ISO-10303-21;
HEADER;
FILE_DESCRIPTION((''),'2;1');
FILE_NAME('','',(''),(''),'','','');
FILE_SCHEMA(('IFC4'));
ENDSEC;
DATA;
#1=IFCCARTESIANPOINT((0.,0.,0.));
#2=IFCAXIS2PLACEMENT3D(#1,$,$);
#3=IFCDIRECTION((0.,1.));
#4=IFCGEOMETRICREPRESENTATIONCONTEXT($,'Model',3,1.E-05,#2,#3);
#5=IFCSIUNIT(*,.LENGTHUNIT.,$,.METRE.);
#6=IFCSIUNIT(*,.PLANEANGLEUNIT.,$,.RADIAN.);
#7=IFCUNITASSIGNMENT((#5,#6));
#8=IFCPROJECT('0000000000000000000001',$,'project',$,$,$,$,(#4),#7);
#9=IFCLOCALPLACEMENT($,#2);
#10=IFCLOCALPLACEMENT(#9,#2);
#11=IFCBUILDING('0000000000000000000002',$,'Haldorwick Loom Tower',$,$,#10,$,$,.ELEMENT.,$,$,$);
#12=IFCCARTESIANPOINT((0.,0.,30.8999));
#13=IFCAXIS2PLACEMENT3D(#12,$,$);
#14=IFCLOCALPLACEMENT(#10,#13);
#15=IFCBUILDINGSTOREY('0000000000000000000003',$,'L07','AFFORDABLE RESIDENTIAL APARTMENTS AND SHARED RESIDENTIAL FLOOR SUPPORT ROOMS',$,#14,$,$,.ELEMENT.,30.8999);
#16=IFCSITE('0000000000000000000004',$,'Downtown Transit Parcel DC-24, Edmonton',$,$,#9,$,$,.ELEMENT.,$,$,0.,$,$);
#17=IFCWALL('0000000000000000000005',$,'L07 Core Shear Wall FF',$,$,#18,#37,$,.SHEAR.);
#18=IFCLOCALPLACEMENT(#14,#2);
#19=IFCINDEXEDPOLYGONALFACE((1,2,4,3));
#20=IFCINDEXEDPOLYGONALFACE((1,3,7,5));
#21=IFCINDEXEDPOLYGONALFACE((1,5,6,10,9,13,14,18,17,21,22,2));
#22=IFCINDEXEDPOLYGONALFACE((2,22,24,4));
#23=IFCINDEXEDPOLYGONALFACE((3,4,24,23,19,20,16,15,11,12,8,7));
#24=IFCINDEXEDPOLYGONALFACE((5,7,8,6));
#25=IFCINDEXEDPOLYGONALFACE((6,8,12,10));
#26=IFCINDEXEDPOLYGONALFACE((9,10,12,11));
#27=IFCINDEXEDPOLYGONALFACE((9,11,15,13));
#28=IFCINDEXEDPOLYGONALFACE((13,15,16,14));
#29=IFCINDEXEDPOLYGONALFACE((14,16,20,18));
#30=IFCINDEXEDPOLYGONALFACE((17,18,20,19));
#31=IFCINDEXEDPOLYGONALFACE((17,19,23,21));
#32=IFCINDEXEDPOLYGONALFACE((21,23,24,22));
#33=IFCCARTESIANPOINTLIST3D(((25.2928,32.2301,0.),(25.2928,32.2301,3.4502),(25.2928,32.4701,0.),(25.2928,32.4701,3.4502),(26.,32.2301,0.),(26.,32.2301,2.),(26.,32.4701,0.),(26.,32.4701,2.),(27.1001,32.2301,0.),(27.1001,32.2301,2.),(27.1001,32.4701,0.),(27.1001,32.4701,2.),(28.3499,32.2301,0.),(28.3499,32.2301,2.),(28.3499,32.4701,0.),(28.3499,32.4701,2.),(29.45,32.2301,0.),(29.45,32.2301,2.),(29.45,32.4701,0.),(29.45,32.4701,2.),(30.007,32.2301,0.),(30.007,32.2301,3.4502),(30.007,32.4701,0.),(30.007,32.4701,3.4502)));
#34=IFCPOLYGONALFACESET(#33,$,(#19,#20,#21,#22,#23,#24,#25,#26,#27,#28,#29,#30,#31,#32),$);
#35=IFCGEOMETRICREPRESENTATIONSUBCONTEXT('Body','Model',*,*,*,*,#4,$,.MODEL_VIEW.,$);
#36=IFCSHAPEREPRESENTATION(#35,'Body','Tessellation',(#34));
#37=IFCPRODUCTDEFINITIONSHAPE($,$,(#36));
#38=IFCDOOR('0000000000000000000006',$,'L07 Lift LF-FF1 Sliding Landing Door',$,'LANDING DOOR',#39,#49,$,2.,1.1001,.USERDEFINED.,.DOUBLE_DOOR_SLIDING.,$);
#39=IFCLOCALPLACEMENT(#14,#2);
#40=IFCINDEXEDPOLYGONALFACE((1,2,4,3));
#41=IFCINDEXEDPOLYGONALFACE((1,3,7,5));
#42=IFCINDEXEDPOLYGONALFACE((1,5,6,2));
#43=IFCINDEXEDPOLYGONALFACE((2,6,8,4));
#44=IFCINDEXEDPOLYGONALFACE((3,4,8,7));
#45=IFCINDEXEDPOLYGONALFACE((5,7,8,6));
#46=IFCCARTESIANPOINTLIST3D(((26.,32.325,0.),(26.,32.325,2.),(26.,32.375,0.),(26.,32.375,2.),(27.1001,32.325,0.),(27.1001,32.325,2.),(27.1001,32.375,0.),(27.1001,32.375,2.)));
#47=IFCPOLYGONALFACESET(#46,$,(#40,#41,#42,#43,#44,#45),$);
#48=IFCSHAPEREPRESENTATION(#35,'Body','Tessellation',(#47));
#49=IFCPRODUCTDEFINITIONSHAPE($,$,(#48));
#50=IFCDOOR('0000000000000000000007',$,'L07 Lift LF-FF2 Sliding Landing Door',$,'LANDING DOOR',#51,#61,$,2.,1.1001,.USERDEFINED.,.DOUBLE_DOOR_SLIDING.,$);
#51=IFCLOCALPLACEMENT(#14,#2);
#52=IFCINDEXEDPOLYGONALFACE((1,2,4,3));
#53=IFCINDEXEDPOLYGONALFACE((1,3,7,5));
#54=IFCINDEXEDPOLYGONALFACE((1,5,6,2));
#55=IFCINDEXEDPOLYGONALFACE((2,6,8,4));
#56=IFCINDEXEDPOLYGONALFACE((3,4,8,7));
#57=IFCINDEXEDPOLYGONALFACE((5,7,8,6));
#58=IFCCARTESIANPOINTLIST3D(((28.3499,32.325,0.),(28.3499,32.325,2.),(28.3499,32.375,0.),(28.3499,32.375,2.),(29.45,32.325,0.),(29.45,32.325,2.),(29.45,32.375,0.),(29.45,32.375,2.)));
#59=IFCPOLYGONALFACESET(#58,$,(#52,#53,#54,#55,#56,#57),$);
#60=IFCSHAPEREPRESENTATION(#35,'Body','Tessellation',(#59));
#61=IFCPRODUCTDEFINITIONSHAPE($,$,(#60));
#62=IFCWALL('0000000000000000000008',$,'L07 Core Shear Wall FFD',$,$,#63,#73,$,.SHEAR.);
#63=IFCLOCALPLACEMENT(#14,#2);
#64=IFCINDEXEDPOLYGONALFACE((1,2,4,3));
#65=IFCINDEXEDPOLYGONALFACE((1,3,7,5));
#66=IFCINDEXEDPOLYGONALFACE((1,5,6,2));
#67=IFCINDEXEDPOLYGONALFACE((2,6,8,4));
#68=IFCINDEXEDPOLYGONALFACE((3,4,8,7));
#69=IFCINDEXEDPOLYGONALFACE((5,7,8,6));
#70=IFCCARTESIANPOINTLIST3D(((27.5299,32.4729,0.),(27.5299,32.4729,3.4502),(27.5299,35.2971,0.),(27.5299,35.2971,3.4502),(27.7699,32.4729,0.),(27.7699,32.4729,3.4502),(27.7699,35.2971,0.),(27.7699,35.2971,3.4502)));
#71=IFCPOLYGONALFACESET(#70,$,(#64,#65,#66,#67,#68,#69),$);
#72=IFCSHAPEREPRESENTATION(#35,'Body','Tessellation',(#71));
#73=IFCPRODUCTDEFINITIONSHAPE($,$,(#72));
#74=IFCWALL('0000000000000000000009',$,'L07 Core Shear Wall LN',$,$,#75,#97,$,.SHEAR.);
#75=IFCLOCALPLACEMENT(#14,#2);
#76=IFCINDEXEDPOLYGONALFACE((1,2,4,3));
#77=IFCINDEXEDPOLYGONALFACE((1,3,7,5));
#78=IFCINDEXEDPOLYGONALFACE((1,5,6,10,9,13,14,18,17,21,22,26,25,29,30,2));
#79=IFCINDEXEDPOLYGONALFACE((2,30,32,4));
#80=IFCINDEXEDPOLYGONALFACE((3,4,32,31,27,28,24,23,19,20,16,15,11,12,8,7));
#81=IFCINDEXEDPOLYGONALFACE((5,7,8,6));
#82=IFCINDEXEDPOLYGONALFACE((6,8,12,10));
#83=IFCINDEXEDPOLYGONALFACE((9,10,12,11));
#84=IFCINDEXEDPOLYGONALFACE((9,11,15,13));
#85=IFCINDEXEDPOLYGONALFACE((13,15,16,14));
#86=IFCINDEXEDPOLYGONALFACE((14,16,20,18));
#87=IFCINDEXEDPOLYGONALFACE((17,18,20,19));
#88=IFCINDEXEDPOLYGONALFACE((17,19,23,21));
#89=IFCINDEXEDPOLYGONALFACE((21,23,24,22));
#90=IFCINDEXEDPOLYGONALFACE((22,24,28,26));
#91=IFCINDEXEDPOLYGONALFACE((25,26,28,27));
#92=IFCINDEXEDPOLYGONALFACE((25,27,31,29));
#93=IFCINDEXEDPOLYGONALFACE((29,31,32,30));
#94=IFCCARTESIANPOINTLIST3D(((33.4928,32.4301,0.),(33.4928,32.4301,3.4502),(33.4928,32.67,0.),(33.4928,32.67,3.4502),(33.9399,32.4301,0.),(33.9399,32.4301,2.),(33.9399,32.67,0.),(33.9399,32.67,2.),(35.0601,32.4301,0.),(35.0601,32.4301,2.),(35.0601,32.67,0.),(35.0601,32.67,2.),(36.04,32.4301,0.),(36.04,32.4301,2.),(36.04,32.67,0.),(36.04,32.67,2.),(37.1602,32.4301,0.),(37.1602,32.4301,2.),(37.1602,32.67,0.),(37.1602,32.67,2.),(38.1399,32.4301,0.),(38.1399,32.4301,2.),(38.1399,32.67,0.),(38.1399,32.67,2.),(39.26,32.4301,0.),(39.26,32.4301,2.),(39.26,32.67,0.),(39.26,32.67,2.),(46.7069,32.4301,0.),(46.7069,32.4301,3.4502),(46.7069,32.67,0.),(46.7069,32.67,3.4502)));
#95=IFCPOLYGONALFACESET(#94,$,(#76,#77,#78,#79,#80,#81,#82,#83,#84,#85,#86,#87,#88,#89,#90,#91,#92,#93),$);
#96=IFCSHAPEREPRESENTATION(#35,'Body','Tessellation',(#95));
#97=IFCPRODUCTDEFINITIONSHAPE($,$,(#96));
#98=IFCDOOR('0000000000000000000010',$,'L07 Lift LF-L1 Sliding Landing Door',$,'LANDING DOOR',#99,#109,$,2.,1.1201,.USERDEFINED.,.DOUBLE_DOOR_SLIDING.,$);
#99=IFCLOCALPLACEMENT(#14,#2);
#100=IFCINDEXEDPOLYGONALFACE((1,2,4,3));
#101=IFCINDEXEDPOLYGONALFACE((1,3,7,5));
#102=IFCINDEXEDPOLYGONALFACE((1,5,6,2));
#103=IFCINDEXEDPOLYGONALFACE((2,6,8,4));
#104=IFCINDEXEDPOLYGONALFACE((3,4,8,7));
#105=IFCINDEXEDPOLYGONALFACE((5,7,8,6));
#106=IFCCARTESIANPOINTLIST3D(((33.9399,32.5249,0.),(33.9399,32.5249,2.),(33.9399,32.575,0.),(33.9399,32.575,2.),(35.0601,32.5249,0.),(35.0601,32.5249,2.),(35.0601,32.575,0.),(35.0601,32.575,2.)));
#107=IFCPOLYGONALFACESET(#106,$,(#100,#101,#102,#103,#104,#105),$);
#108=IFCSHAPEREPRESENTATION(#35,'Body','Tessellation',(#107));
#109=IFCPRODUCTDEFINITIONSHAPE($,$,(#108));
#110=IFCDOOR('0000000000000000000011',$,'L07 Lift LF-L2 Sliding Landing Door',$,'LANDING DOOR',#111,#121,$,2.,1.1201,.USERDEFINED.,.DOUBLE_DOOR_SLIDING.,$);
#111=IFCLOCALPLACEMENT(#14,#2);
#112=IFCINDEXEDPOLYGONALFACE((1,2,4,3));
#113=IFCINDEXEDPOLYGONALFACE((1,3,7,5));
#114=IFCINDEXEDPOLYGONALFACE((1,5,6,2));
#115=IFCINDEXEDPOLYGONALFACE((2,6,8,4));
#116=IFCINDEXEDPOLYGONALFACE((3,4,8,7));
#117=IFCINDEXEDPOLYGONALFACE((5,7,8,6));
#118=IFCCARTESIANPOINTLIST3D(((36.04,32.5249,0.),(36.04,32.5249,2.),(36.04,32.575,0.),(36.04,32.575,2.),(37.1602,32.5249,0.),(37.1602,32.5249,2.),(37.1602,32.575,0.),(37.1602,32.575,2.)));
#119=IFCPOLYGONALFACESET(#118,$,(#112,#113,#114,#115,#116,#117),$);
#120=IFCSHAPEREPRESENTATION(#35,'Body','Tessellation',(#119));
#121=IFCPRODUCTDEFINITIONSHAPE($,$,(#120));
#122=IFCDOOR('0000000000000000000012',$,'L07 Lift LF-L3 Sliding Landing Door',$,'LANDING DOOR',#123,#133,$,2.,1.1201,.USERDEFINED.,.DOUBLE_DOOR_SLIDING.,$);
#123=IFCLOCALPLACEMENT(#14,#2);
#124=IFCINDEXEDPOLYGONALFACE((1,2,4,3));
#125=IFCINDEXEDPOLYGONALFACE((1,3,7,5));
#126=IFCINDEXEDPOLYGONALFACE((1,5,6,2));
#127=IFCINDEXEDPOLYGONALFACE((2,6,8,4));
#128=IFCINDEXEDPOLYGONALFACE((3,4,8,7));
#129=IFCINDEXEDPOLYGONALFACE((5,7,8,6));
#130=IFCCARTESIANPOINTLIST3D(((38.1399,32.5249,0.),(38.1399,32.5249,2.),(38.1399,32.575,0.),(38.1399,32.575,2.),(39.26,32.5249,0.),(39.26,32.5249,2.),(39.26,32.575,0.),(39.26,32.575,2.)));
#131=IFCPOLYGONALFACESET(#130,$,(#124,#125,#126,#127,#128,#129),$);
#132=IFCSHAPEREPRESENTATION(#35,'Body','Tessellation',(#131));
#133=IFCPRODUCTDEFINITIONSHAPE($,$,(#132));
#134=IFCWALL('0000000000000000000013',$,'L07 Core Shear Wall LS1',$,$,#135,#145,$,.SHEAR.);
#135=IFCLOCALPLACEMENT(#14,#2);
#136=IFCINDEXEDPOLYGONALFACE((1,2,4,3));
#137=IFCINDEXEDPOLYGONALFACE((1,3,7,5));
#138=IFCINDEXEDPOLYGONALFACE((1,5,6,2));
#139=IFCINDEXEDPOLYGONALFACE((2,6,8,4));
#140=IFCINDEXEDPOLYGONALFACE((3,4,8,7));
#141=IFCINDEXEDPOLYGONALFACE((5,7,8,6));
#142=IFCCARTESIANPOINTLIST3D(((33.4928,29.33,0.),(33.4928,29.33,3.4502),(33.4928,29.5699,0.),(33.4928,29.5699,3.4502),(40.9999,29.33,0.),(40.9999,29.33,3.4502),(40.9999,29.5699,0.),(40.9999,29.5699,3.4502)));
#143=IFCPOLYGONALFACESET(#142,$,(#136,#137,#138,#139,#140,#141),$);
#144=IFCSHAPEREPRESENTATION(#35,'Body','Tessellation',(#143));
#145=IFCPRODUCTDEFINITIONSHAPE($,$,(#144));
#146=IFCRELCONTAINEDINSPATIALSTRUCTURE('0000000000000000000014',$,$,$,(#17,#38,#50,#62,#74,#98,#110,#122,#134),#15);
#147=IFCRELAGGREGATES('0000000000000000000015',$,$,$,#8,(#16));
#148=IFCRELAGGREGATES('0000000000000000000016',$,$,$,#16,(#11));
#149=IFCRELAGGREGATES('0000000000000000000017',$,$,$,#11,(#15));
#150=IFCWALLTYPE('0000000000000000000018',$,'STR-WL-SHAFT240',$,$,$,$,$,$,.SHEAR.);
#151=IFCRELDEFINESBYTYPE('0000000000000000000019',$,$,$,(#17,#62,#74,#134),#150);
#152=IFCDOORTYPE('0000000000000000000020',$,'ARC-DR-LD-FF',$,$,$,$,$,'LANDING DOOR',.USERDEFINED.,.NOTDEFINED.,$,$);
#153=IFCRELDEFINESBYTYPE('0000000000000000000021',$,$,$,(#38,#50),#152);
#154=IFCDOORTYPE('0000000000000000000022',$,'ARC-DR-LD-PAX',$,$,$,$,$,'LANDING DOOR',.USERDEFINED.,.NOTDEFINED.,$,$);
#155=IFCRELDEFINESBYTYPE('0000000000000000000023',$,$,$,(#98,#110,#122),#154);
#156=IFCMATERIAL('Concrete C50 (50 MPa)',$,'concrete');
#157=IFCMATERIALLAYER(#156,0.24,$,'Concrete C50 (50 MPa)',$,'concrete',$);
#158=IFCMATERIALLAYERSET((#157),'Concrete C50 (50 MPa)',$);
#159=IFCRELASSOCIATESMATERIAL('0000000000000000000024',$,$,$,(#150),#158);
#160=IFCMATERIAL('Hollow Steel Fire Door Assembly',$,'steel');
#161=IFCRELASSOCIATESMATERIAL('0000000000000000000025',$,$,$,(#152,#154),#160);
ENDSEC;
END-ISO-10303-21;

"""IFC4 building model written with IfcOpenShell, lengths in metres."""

from ifc_helpers import new_model, si_unit, direction, frame, frame_2d, origin, place, context, subcontext, project, spatial, rectangle, extrude, material, layer, layer_set, type_object, element, fill, save


model = new_model("IFC4")

# Units and contexts
model_context = context("Model", 3, precision=1e-05, world=origin(), true_north=direction((0.0, 1.0)))
body_context = subcontext(model_context, "Body", "Model", "MODEL_VIEW")
ifc_project = project(units=[si_unit("LENGTHUNIT", "METRE"), si_unit("PLANEANGLEUNIT", "RADIAN")], contexts=[model_context])

# Site, building, storey
site_placement = place(None, origin())
site = spatial("IfcSite", under=ifc_project, at=site_placement, Name="Downtown Transit Parcel DC-24, Edmonton", CompositionType="ELEMENT", RefElevation=0.0)
building_placement = place(site_placement, origin())
building = spatial("IfcBuilding", under=site, at=building_placement, Name="Haldorwick Loom Tower", CompositionType="ELEMENT")
storey_placement = place(building_placement, frame((0.0, 0.0, 30.8999)))
storey = spatial("IfcBuildingStorey", under=building, at=storey_placement, Name="L07", Description="AFFORDABLE RESIDENTIAL APARTMENTS AND SHARED RESIDENTIAL FLOOR SUPPORT ROOMS", CompositionType="ELEMENT", Elevation=30.8999)

# Shared definitions
ifc_material_1 = material(Name="Concrete C50 (50 MPa)", Category="concrete")
ifc_layer = layer(ifc_material_1, 0.24, Name="Concrete C50 (50 MPa)", Category="concrete")
ifc_layer_set = layer_set([ifc_layer], Name="Concrete C50 (50 MPa)")
wall_type = type_object("IfcWallType", Name="STR-WL-SHAFT240", PredefinedType="SHEAR", material=ifc_layer_set)

# Wall, openings, doors
wall_1_placement = place(storey_placement, frame((25.293, 32.3501, 0.0), z_axis=(0.0, 0.0, 1.0), x_axis=(1.0, 0.0, 0.0)))
wall_1 = element("IfcWall", 1, at=wall_1_placement, inside=storey, type_object=wall_type, Name="L07 Core Shear Wall FF", PredefinedType="SHEAR", context=body_context, shape_type="SweptSolid", body=[
    extrude(rectangle(XDim=4.7141, YDim=0.24, at=frame_2d((2.3569, 0.0))), origin(), (0.0, 0.0, 1.0), 3.4502),
])
opening_1_placement = place(wall_1_placement, frame((0.707, 0.0, 0.0)))
opening_1 = element("IfcOpeningElement", 2, at=opening_1_placement, cuts=wall_1, PredefinedType="OPENING", context=body_context, shape_type="SweptSolid", body=[
    extrude(rectangle(XDim=1.1001, YDim=2.0, at=frame_2d((0.55, 1.0))), frame((0.0, 0.1299, 0.0), z_axis=(0.0, -1.0, 0.0), x_axis=(1.0, 0.0, 0.0)), (0.0, 0.0, 1.0), 0.26),
])
opening_2_placement = place(wall_1_placement, frame((3.0569, 0.0, 0.0)))
opening_2 = element("IfcOpeningElement", 3, at=opening_2_placement, cuts=wall_1, PredefinedType="OPENING", context=body_context, shape_type="SweptSolid", body=[
    extrude(rectangle(XDim=1.1001, YDim=2.0, at=frame_2d((0.55, 1.0))), frame((0.0, 0.1299, 0.0), z_axis=(0.0, -1.0, 0.0), x_axis=(1.0, 0.0, 0.0)), (0.0, 0.0, 1.0), 0.26),
])
ifc_material_2 = material(Name="Hollow Steel Fire Door Assembly", Category="steel")
door_type_1 = type_object("IfcDoorType", Name="ARC-DR-LD-FF", ElementType="LANDING DOOR", OperationType="NOTDEFINED", PredefinedType="USERDEFINED", material=ifc_material_2)
door_1_placement = place(opening_1_placement, origin())
door_1 = element("IfcDoor", 4, at=door_1_placement, inside=storey, type_object=door_type_1, Name="L07 Lift LF-FF1 Sliding Landing Door", ObjectType="LANDING DOOR", OperationType="DOUBLE_DOOR_SLIDING", OverallHeight=2.0, OverallWidth=1.1001, PredefinedType="USERDEFINED", context=body_context, shape_type="SweptSolid", body=[
    extrude(rectangle(XDim=1.1001, YDim=2.0, at=frame_2d((0.55, 1.0))), frame((0.0, 0.0249, 0.0), z_axis=(0.0, -1.0, 0.0), x_axis=(1.0, 0.0, 0.0)), (0.0, 0.0, 1.0), 0.05),
])
fill(opening_1, door_1)
door_2_placement = place(opening_2_placement, origin())
door_2 = element("IfcDoor", 5, at=door_2_placement, inside=storey, type_object=door_type_1, Name="L07 Lift LF-FF2 Sliding Landing Door", ObjectType="LANDING DOOR", OperationType="DOUBLE_DOOR_SLIDING", OverallHeight=2.0, OverallWidth=1.1001, PredefinedType="USERDEFINED", context=body_context, shape_type="SweptSolid", body=[
    extrude(rectangle(XDim=1.1001, YDim=2.0, at=frame_2d((0.55, 1.0))), frame((0.0, 0.0249, 0.0), z_axis=(0.0, -1.0, 0.0), x_axis=(1.0, 0.0, 0.0)), (0.0, 0.0, 1.0), 0.05),
])
fill(opening_2, door_2)

# Wall
wall_2_placement = place(storey_placement, frame((27.6499, 32.4729, 0.0), z_axis=(0.0, 0.0, 1.0), x_axis=(0.0, 1.0, 0.0)))
element("IfcWall", 6, at=wall_2_placement, inside=storey, type_object=wall_type, Name="L07 Core Shear Wall FFD", PredefinedType="SHEAR", context=body_context, shape_type="SweptSolid", body=[
    extrude(rectangle(XDim=2.8242, YDim=0.24, at=frame_2d((1.4121, 0.0))), origin(), (0.0, 0.0, 1.0), 3.4502),
])

# Wall, openings, doors
wall_3_placement = place(storey_placement, frame((33.4929, 32.55, 0.0), z_axis=(0.0, 0.0, 1.0), x_axis=(1.0, 0.0, 0.0)))
wall_3 = element("IfcWall", 7, at=wall_3_placement, inside=storey, type_object=wall_type, Name="L07 Core Shear Wall LN", PredefinedType="SHEAR", context=body_context, shape_type="SweptSolid", body=[
    extrude(rectangle(XDim=13.2141, YDim=0.24, at=frame_2d((6.6069, 0.0))), origin(), (0.0, 0.0, 1.0), 3.4502),
])
opening_3_placement = place(wall_3_placement, frame((0.447, 0.0, 0.0)))
opening_3 = element("IfcOpeningElement", 8, at=opening_3_placement, cuts=wall_3, PredefinedType="OPENING", context=body_context, shape_type="SweptSolid", body=[
    extrude(rectangle(XDim=1.1201, YDim=2.0, at=frame_2d((0.5601, 1.0))), frame((0.0, 0.1299, 0.0), z_axis=(0.0, -1.0, 0.0), x_axis=(1.0, 0.0, 0.0)), (0.0, 0.0, 1.0), 0.26),
])
opening_4_placement = place(wall_3_placement, frame((2.5471, 0.0, 0.0)))
opening_4 = element("IfcOpeningElement", 9, at=opening_4_placement, cuts=wall_3, PredefinedType="OPENING", context=body_context, shape_type="SweptSolid", body=[
    extrude(rectangle(XDim=1.1201, YDim=2.0, at=frame_2d((0.5601, 1.0))), frame((0.0, 0.1299, 0.0), z_axis=(0.0, -1.0, 0.0), x_axis=(1.0, 0.0, 0.0)), (0.0, 0.0, 1.0), 0.26),
])
opening_5_placement = place(wall_3_placement, frame((4.647, 0.0, 0.0)))
opening_5 = element("IfcOpeningElement", 10, at=opening_5_placement, cuts=wall_3, PredefinedType="OPENING", context=body_context, shape_type="SweptSolid", body=[
    extrude(rectangle(XDim=1.1201, YDim=2.0, at=frame_2d((0.5601, 1.0))), frame((0.0, 0.1299, 0.0), z_axis=(0.0, -1.0, 0.0), x_axis=(1.0, 0.0, 0.0)), (0.0, 0.0, 1.0), 0.26),
])
door_type_2 = type_object("IfcDoorType", Name="ARC-DR-LD-PAX", ElementType="LANDING DOOR", OperationType="NOTDEFINED", PredefinedType="USERDEFINED", material=ifc_material_2)
door_3_placement = place(opening_3_placement, origin())
door_3 = element("IfcDoor", 11, at=door_3_placement, inside=storey, type_object=door_type_2, Name="L07 Lift LF-L1 Sliding Landing Door", ObjectType="LANDING DOOR", OperationType="DOUBLE_DOOR_SLIDING", OverallHeight=2.0, OverallWidth=1.1201, PredefinedType="USERDEFINED", context=body_context, shape_type="SweptSolid", body=[
    extrude(rectangle(XDim=1.1201, YDim=2.0, at=frame_2d((0.5601, 1.0))), frame((0.0, 0.0249, 0.0), z_axis=(0.0, -1.0, 0.0), x_axis=(1.0, 0.0, 0.0)), (0.0, 0.0, 1.0), 0.05),
])
fill(opening_3, door_3)
door_4_placement = place(opening_4_placement, origin())
door_4 = element("IfcDoor", 12, at=door_4_placement, inside=storey, type_object=door_type_2, Name="L07 Lift LF-L2 Sliding Landing Door", ObjectType="LANDING DOOR", OperationType="DOUBLE_DOOR_SLIDING", OverallHeight=2.0, OverallWidth=1.1201, PredefinedType="USERDEFINED", context=body_context, shape_type="SweptSolid", body=[
    extrude(rectangle(XDim=1.1201, YDim=2.0, at=frame_2d((0.5601, 1.0))), frame((0.0, 0.0249, 0.0), z_axis=(0.0, -1.0, 0.0), x_axis=(1.0, 0.0, 0.0)), (0.0, 0.0, 1.0), 0.05),
])
fill(opening_4, door_4)
door_5_placement = place(opening_5_placement, origin())
door_5 = element("IfcDoor", 13, at=door_5_placement, inside=storey, type_object=door_type_2, Name="L07 Lift LF-L3 Sliding Landing Door", ObjectType="LANDING DOOR", OperationType="DOUBLE_DOOR_SLIDING", OverallHeight=2.0, OverallWidth=1.1201, PredefinedType="USERDEFINED", context=body_context, shape_type="SweptSolid", body=[
    extrude(rectangle(XDim=1.1201, YDim=2.0, at=frame_2d((0.5601, 1.0))), frame((0.0, 0.0249, 0.0), z_axis=(0.0, -1.0, 0.0), x_axis=(1.0, 0.0, 0.0)), (0.0, 0.0, 1.0), 0.05),
])
fill(opening_5, door_5)

# Wall
wall_4_placement = place(storey_placement, frame((33.4929, 29.45, 0.0), z_axis=(0.0, 0.0, 1.0), x_axis=(1.0, 0.0, 0.0)))
element("IfcWall", 14, at=wall_4_placement, inside=storey, type_object=wall_type, Name="L07 Core Shear Wall LS1", PredefinedType="SHEAR", context=body_context, shape_type="SweptSolid", body=[
    extrude(rectangle(XDim=7.5071, YDim=0.24, at=frame_2d((3.7534, 0.0))), origin(), (0.0, 0.0, 1.0), 3.4502),
])

save(model, "model.ifc")
